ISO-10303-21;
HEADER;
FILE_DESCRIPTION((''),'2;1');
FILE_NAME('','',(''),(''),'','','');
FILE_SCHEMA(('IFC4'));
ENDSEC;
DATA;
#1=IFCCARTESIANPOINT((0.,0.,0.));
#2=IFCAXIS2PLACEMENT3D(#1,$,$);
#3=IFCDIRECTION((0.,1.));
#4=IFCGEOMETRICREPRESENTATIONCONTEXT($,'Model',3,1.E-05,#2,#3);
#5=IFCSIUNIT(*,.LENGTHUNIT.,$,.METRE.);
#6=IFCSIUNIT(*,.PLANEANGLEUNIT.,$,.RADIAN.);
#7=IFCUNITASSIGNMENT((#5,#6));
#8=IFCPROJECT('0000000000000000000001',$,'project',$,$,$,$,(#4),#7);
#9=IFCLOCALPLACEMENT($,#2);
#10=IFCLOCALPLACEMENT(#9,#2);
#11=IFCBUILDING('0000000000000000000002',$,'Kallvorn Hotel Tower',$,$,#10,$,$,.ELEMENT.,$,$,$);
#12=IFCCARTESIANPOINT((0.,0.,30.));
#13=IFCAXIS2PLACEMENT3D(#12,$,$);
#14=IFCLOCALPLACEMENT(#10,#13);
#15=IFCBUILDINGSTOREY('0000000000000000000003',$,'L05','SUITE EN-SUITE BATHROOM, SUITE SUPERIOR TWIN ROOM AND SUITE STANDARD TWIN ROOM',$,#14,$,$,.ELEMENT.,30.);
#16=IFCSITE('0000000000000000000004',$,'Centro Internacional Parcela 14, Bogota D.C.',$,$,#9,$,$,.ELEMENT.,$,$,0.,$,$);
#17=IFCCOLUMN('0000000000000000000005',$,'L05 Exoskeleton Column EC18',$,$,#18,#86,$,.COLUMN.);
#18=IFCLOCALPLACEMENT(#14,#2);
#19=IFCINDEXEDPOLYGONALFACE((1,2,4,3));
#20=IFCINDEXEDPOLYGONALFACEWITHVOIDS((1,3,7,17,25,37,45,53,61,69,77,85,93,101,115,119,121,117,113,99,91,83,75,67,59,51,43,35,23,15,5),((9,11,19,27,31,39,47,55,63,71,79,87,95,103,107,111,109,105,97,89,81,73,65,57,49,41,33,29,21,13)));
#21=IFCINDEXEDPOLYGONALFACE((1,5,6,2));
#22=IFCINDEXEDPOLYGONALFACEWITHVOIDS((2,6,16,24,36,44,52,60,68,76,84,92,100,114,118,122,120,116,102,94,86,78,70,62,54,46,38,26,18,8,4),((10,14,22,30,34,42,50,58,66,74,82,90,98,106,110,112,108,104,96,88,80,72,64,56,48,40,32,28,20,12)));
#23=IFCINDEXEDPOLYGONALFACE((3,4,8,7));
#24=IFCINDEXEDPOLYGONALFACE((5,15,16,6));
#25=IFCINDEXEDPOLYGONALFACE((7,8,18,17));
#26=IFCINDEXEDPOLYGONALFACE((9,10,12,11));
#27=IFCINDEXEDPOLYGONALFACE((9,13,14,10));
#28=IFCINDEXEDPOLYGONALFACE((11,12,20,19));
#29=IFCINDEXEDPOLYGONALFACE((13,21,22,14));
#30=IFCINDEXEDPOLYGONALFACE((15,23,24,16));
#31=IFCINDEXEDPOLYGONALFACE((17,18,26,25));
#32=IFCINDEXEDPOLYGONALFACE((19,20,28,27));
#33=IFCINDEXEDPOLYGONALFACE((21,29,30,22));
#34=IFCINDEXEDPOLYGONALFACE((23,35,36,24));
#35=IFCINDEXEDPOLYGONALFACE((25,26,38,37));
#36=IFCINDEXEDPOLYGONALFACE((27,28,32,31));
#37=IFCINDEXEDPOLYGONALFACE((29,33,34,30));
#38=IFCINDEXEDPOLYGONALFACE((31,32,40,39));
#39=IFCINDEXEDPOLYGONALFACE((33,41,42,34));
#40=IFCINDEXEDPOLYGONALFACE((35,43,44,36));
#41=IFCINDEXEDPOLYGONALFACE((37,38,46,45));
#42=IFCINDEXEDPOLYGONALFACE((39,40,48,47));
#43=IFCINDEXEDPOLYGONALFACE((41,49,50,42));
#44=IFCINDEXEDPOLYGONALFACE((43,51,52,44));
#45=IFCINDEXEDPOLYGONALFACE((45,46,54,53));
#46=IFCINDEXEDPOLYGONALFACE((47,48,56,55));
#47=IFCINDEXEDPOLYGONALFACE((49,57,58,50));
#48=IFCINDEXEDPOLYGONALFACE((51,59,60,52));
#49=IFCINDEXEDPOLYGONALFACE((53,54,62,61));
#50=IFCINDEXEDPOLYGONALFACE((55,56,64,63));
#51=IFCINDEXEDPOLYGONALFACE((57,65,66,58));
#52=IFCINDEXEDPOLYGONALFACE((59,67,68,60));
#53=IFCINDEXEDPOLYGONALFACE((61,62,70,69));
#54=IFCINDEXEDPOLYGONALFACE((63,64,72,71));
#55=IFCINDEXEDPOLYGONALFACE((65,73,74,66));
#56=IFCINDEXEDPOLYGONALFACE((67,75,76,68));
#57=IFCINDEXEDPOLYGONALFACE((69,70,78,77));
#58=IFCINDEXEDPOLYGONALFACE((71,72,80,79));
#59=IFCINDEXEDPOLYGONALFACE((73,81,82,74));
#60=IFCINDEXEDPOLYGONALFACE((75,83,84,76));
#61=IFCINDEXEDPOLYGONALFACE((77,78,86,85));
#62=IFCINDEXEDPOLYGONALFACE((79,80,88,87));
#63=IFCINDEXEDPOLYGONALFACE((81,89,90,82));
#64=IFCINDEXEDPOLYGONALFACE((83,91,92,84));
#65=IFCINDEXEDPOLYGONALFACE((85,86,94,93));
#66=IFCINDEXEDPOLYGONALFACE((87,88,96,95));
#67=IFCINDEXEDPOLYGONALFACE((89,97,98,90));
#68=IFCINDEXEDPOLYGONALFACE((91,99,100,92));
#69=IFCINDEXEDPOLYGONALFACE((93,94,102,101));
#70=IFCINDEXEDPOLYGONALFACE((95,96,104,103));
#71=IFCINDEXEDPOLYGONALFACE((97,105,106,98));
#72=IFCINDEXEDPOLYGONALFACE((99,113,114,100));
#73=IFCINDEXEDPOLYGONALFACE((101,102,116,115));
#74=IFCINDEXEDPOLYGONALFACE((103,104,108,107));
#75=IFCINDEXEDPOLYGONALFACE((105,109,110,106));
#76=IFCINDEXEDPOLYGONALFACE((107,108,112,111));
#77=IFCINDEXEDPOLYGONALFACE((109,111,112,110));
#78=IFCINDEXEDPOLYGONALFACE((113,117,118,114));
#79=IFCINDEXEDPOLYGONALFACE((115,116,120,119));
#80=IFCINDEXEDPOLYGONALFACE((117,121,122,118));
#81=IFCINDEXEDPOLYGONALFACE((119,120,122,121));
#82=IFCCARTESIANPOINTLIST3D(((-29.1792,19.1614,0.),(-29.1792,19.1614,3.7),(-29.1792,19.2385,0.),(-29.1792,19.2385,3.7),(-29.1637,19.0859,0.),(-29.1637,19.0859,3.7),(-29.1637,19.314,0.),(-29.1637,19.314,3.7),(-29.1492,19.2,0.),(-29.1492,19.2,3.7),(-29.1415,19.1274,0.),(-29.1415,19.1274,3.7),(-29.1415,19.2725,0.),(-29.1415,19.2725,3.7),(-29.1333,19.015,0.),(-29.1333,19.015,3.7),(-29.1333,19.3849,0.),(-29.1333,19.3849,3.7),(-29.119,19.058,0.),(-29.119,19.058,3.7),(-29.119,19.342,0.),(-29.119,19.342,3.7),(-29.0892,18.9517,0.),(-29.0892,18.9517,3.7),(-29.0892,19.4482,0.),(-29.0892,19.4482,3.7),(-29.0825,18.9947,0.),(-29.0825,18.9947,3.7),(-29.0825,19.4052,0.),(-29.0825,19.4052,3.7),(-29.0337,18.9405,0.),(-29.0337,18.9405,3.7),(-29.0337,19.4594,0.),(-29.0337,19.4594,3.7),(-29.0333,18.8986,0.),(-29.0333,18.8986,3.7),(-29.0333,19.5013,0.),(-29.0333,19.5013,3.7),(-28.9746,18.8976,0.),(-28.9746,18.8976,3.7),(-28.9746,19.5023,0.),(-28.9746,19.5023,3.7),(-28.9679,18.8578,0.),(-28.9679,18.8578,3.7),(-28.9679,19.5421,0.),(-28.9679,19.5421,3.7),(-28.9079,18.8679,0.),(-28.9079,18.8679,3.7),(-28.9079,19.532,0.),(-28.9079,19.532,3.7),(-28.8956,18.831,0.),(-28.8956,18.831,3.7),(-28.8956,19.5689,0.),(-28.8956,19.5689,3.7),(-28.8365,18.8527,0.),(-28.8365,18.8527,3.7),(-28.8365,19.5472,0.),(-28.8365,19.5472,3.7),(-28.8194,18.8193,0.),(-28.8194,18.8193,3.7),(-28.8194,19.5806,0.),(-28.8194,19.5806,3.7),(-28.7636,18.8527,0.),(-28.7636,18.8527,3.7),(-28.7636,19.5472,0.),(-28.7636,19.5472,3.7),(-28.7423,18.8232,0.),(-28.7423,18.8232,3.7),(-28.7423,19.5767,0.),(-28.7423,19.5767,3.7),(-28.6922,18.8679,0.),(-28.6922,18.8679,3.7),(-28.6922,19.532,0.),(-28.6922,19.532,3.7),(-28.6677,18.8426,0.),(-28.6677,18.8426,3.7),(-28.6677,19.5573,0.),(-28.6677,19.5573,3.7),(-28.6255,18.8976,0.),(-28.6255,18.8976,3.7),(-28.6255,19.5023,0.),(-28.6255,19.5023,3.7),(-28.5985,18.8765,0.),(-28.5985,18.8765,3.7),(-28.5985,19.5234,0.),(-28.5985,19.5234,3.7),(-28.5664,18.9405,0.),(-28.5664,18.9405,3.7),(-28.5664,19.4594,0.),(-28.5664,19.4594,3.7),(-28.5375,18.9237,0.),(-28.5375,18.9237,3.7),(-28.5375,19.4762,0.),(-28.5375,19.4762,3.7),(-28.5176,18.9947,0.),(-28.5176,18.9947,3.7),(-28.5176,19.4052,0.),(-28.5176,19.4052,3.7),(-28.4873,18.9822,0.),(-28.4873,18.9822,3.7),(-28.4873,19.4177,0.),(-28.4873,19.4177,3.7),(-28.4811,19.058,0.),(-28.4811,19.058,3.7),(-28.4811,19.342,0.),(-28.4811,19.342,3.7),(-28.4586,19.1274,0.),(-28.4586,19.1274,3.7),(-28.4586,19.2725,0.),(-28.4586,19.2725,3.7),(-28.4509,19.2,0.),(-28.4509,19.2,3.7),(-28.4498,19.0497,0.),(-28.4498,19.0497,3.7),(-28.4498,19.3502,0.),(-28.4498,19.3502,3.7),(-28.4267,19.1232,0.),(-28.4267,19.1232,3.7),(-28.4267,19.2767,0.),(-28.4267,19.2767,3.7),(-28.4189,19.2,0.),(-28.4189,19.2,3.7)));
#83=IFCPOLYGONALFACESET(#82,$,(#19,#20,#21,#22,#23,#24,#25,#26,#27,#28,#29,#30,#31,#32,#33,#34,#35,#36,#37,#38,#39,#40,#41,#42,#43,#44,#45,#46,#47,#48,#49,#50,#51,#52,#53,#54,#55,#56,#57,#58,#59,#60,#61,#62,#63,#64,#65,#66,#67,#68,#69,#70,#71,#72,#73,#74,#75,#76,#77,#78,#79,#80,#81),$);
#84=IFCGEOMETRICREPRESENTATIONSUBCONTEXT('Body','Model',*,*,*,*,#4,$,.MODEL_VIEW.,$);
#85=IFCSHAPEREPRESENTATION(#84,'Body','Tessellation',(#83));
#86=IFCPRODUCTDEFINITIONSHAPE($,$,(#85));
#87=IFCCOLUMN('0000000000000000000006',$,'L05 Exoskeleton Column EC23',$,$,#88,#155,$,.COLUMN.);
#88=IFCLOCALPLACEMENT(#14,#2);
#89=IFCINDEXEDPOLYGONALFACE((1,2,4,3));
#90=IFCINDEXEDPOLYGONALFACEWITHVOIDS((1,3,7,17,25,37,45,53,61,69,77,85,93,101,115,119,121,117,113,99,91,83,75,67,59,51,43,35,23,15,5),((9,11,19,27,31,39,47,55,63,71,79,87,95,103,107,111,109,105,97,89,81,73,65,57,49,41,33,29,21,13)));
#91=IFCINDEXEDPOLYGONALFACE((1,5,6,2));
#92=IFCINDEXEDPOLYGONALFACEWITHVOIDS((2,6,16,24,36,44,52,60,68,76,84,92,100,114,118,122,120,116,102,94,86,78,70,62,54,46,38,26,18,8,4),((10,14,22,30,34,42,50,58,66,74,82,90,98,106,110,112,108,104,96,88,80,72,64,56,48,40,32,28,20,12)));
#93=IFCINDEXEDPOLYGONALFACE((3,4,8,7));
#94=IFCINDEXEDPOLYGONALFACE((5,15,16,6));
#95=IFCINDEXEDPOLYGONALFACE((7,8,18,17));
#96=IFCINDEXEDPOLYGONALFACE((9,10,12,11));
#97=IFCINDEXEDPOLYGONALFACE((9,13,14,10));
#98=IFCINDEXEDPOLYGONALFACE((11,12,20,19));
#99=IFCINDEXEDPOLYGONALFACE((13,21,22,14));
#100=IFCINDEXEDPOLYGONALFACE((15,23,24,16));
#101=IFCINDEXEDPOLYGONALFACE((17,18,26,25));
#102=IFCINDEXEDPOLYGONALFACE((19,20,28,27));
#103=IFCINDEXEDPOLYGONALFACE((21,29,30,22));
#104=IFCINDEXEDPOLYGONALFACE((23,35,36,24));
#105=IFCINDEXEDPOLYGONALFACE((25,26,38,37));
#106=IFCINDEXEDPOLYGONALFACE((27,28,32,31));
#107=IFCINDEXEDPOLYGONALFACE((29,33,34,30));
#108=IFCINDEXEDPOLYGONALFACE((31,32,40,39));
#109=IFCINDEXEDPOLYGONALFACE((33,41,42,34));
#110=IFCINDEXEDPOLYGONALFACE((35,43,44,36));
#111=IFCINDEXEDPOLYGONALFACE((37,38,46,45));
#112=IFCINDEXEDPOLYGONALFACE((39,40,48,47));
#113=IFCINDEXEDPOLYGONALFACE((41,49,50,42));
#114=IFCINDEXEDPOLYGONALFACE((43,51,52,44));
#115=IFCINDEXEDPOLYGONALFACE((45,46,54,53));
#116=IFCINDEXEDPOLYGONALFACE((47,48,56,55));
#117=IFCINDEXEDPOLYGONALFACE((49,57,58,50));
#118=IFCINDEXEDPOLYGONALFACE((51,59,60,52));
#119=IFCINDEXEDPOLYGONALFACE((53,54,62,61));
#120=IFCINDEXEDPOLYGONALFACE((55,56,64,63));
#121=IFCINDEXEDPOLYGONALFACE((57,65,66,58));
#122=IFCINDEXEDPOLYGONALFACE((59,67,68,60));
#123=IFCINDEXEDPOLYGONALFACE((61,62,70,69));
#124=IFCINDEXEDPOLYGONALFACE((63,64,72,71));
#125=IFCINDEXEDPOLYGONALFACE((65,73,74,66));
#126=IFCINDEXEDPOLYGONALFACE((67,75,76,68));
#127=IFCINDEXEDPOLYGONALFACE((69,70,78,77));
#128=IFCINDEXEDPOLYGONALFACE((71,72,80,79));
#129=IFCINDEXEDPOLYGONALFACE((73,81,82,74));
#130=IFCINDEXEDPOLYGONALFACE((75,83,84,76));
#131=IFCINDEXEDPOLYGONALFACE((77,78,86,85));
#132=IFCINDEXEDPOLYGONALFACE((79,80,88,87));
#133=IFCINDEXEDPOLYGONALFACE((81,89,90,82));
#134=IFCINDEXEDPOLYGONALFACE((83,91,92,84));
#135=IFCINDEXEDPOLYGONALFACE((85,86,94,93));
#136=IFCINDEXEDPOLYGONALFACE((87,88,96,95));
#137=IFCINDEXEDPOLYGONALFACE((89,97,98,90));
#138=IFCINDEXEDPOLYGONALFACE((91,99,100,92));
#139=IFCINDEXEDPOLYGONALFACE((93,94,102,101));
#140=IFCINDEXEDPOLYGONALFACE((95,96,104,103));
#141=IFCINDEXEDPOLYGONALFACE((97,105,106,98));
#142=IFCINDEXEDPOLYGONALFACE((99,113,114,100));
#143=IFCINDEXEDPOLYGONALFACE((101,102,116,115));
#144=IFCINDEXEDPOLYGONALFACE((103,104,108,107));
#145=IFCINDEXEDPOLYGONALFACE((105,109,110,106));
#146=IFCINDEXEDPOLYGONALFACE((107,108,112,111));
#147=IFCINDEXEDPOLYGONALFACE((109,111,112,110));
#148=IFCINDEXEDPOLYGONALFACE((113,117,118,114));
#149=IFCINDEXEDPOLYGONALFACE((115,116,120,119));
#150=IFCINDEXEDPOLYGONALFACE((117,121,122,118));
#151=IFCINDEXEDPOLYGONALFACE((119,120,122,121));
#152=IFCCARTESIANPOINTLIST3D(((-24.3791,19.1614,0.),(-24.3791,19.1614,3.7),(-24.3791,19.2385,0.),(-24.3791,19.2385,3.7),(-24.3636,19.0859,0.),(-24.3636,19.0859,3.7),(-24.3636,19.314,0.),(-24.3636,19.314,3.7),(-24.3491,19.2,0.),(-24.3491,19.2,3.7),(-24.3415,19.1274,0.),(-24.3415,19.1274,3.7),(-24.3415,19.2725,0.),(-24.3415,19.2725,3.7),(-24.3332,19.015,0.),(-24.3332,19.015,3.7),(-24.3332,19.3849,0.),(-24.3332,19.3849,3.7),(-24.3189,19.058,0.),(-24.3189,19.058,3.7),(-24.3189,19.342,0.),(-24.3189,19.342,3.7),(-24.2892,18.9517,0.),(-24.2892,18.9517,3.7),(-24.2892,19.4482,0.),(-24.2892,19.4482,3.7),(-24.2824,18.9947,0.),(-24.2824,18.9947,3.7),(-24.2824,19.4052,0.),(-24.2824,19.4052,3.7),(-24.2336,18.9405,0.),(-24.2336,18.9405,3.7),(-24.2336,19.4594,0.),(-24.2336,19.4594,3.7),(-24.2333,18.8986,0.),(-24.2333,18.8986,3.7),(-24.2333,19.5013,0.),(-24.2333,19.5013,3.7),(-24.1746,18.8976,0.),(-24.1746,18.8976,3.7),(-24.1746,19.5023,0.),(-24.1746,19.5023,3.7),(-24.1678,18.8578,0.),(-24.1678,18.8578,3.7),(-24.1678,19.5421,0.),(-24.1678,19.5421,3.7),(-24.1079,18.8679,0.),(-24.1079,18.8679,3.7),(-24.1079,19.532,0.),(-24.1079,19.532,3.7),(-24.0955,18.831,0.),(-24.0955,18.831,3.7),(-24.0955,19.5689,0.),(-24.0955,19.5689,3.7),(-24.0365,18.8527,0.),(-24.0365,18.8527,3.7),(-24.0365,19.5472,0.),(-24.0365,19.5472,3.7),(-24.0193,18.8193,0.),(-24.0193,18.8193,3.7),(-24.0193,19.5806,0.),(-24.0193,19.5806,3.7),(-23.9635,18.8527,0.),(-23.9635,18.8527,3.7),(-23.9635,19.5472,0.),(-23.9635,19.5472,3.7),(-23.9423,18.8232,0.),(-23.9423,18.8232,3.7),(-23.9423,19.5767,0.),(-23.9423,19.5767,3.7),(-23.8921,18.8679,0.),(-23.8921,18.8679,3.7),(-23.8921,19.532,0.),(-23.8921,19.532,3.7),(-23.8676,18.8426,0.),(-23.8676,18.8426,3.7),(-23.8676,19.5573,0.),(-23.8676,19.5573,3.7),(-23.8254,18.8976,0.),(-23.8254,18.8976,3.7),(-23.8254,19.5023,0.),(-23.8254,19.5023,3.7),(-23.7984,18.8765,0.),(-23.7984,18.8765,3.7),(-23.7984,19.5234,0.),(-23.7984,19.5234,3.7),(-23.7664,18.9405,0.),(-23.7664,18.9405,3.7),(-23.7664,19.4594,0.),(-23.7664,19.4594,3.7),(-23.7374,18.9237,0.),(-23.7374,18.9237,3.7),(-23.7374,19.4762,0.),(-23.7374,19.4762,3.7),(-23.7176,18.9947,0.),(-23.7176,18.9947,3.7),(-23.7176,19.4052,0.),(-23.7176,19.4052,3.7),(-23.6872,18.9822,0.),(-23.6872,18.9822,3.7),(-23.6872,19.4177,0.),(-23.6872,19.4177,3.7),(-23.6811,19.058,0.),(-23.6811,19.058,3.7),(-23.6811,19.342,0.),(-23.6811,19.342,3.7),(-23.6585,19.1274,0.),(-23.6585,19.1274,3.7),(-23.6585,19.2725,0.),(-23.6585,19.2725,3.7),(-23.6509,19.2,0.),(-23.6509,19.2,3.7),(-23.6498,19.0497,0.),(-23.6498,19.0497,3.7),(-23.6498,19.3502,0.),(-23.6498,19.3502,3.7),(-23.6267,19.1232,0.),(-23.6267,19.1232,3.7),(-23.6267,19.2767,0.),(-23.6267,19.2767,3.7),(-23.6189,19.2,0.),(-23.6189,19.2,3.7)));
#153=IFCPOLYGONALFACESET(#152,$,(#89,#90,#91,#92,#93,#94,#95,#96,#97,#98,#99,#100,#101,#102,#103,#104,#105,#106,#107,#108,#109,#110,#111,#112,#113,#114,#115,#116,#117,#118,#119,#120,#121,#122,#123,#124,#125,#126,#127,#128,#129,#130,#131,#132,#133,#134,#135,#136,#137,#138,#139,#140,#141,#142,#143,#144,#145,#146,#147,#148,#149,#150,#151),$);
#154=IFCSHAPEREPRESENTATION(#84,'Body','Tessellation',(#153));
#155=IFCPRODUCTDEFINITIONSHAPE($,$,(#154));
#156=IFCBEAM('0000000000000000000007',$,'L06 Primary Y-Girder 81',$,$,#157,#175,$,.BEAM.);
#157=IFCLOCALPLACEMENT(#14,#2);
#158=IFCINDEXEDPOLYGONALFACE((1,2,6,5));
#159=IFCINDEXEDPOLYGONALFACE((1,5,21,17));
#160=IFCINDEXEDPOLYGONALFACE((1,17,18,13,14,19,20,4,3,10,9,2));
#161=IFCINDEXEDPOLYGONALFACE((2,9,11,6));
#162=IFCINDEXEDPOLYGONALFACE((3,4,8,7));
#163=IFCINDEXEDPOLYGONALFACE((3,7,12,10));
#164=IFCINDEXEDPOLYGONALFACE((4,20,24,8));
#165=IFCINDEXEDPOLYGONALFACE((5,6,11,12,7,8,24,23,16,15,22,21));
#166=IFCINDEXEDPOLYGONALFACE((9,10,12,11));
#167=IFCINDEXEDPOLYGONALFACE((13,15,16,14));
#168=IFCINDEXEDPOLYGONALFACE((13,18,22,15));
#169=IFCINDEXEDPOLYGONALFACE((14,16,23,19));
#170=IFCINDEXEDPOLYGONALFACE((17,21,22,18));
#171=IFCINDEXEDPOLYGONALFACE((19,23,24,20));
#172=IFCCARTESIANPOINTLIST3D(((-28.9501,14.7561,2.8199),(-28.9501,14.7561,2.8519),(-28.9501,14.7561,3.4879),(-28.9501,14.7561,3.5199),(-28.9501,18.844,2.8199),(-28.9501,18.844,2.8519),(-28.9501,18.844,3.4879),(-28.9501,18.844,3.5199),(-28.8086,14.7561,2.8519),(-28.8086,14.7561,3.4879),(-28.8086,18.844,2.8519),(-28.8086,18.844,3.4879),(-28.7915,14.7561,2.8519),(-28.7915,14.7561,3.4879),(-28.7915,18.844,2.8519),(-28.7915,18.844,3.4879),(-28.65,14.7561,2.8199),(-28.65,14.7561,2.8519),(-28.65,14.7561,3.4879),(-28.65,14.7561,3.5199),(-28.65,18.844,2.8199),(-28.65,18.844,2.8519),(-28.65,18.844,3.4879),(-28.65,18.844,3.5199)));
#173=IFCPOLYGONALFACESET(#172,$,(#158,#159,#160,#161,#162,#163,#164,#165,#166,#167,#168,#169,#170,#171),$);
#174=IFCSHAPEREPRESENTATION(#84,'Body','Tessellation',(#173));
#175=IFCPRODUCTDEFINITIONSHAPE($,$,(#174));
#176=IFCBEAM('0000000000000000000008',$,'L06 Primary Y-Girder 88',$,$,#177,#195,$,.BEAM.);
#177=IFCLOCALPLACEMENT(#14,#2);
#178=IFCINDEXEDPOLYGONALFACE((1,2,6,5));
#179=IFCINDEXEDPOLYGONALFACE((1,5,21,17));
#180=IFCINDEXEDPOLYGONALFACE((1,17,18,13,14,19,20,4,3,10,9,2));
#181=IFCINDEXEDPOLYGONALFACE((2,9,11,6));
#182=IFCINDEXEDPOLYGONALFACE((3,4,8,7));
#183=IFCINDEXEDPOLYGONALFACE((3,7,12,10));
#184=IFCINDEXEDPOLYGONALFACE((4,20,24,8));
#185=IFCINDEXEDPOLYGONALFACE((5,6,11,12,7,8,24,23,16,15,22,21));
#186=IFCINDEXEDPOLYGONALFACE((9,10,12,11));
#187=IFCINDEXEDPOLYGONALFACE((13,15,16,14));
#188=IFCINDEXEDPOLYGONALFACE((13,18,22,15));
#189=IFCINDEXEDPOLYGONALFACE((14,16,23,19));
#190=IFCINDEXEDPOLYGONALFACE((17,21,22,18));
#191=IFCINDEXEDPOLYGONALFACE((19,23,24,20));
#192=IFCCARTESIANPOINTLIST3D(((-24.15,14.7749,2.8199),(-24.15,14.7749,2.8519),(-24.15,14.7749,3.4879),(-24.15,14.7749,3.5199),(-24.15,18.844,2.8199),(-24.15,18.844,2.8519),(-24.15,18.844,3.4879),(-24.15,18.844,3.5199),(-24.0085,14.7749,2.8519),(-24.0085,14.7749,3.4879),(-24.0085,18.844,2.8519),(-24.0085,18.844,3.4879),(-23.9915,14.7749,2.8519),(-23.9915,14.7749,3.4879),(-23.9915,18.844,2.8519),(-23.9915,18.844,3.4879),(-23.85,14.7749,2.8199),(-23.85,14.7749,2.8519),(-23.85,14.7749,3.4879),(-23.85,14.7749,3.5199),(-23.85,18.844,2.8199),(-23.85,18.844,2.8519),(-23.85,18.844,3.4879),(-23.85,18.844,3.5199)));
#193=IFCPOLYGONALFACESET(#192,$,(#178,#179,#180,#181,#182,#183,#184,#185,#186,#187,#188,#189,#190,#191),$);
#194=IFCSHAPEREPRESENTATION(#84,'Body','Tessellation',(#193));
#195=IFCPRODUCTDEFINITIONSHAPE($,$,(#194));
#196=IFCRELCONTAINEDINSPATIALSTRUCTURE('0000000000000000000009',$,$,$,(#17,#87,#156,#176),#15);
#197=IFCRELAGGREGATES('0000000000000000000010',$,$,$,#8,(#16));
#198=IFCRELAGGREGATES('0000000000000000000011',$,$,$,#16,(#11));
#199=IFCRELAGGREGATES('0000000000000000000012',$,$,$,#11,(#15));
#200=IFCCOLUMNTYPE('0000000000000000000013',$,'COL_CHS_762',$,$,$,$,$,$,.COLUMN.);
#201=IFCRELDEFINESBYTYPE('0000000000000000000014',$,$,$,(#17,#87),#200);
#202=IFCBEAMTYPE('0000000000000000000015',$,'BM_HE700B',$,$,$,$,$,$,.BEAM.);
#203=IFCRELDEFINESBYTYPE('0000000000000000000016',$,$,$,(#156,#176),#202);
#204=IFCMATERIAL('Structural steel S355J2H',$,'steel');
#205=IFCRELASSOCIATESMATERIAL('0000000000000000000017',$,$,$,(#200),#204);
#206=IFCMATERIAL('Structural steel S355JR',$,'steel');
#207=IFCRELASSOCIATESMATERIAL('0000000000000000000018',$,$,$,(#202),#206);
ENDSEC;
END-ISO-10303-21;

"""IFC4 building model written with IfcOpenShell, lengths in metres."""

from ifc_helpers import new_model, si_unit, direction, frame, origin, origin_2d, place, context, subcontext, project, spatial, hollow_circle, i_section, extrude, material, material_profile, profile_set, type_object, element, save


model = new_model("IFC4")

# Units and contexts
model_context = context("Model", 3, precision=1e-05, world=origin(), true_north=direction((0.0, 1.0)))
body_context = subcontext(model_context, "Body", "Model", "MODEL_VIEW")
ifc_project = project(units=[si_unit("LENGTHUNIT", "METRE"), si_unit("PLANEANGLEUNIT", "RADIAN")], contexts=[model_context])

# Site, building, storey
site_placement = place(None, origin())
site = spatial("IfcSite", under=ifc_project, at=site_placement, Name="Centro Internacional Parcela 14, Bogota D.C.", CompositionType="ELEMENT", RefElevation=0.0)
building_placement = place(site_placement, origin())
building = spatial("IfcBuilding", under=site, at=building_placement, Name="Kallvorn Hotel Tower", CompositionType="ELEMENT")
storey_placement = place(building_placement, frame((0.0, 0.0, 30.0)))
storey = spatial("IfcBuildingStorey", under=building, at=storey_placement, Name="L05", Description="SUITE EN-SUITE BATHROOM, SUITE SUPERIOR TWIN ROOM AND SUITE STANDARD TWIN ROOM", CompositionType="ELEMENT", Elevation=30.0)

# Columns
ifc_material_1 = material(Name="Structural steel S355J2H", Category="steel")
ifc_material_profile_1 = material_profile(ifc_material_1, hollow_circle(Radius=0.3811, WallThickness=0.032, at=origin_2d()), Name="CHS 762x32")
ifc_profile_set_1 = profile_set([ifc_material_profile_1], Name="Structural steel S355J2H")
column_type = type_object("IfcColumnType", Name="COL_CHS_762", PredefinedType="COLUMN", material=ifc_profile_set_1)
for number, where, z_axis, x_axis, name in (
    (1, (-28.8, 19.2, 0.0), (0.0, 0.0, 1.0), (1.0, 0.0, 0.0), "L05 Exoskeleton Column EC18"),
    (2, (-24.0, 19.2, 0.0), (0.0, 0.0, 1.0), (1.0, 0.0, 0.0), "L05 Exoskeleton Column EC23"),
):
    element("IfcColumn", number, at=place(storey_placement, frame(where, z_axis=z_axis, x_axis=x_axis)), inside=storey, type_object=column_type, Name=name, PredefinedType="COLUMN", context=body_context, shape_type="SweptSolid", body=[
        extrude(hollow_circle(Radius=0.3811, WallThickness=0.032, at=origin_2d()), origin(), (0.0, 0.0, 1.0), 3.7),
    ])

# Beams
ifc_material_2 = material(Name="Structural steel S355JR", Category="steel")
ifc_material_profile_2 = material_profile(ifc_material_2, i_section(OverallWidth=0.3, OverallDepth=0.7, WebThickness=0.0171, FlangeThickness=0.032, at=origin_2d()), Name="HE 700 B")
ifc_profile_set_2 = profile_set([ifc_material_profile_2], Name="Structural steel S355JR")
beam_type_1 = type_object("IfcBeamType", Name="BM_HE700B", PredefinedType="BEAM", material=ifc_profile_set_2)
beam_1_placement = place(storey_placement, frame((-28.8, 14.7561, 3.1699), z_axis=(0.0, 1.0, 0.0), x_axis=(-1.0, 0.0, 0.0)))
element("IfcBeam", 3, at=beam_1_placement, inside=storey, type_object=beam_type_1, Name="L06 Primary Y-Girder 81", PredefinedType="BEAM", context=body_context, shape_type="SweptSolid", body=[
    extrude(i_section(OverallWidth=0.3, OverallDepth=0.7, WebThickness=0.0171, FlangeThickness=0.032, at=origin_2d()), origin(), (0.0, 0.0, 1.0), 4.0879),
])
beam_2_placement = place(storey_placement, frame((-24.0, 14.7749, 3.1699), z_axis=(0.0, 1.0, 0.0), x_axis=(-1.0, 0.0, 0.0)))
element("IfcBeam", 4, at=beam_2_placement, inside=storey, type_object=beam_type_1, Name="L06 Primary Y-Girder 88", PredefinedType="BEAM", context=body_context, shape_type="SweptSolid", body=[
    extrude(i_section(OverallWidth=0.3, OverallDepth=0.7, WebThickness=0.0171, FlangeThickness=0.032, at=origin_2d()), origin(), (0.0, 0.0, 1.0), 4.0691),
])

save(model, "model.ifc")
